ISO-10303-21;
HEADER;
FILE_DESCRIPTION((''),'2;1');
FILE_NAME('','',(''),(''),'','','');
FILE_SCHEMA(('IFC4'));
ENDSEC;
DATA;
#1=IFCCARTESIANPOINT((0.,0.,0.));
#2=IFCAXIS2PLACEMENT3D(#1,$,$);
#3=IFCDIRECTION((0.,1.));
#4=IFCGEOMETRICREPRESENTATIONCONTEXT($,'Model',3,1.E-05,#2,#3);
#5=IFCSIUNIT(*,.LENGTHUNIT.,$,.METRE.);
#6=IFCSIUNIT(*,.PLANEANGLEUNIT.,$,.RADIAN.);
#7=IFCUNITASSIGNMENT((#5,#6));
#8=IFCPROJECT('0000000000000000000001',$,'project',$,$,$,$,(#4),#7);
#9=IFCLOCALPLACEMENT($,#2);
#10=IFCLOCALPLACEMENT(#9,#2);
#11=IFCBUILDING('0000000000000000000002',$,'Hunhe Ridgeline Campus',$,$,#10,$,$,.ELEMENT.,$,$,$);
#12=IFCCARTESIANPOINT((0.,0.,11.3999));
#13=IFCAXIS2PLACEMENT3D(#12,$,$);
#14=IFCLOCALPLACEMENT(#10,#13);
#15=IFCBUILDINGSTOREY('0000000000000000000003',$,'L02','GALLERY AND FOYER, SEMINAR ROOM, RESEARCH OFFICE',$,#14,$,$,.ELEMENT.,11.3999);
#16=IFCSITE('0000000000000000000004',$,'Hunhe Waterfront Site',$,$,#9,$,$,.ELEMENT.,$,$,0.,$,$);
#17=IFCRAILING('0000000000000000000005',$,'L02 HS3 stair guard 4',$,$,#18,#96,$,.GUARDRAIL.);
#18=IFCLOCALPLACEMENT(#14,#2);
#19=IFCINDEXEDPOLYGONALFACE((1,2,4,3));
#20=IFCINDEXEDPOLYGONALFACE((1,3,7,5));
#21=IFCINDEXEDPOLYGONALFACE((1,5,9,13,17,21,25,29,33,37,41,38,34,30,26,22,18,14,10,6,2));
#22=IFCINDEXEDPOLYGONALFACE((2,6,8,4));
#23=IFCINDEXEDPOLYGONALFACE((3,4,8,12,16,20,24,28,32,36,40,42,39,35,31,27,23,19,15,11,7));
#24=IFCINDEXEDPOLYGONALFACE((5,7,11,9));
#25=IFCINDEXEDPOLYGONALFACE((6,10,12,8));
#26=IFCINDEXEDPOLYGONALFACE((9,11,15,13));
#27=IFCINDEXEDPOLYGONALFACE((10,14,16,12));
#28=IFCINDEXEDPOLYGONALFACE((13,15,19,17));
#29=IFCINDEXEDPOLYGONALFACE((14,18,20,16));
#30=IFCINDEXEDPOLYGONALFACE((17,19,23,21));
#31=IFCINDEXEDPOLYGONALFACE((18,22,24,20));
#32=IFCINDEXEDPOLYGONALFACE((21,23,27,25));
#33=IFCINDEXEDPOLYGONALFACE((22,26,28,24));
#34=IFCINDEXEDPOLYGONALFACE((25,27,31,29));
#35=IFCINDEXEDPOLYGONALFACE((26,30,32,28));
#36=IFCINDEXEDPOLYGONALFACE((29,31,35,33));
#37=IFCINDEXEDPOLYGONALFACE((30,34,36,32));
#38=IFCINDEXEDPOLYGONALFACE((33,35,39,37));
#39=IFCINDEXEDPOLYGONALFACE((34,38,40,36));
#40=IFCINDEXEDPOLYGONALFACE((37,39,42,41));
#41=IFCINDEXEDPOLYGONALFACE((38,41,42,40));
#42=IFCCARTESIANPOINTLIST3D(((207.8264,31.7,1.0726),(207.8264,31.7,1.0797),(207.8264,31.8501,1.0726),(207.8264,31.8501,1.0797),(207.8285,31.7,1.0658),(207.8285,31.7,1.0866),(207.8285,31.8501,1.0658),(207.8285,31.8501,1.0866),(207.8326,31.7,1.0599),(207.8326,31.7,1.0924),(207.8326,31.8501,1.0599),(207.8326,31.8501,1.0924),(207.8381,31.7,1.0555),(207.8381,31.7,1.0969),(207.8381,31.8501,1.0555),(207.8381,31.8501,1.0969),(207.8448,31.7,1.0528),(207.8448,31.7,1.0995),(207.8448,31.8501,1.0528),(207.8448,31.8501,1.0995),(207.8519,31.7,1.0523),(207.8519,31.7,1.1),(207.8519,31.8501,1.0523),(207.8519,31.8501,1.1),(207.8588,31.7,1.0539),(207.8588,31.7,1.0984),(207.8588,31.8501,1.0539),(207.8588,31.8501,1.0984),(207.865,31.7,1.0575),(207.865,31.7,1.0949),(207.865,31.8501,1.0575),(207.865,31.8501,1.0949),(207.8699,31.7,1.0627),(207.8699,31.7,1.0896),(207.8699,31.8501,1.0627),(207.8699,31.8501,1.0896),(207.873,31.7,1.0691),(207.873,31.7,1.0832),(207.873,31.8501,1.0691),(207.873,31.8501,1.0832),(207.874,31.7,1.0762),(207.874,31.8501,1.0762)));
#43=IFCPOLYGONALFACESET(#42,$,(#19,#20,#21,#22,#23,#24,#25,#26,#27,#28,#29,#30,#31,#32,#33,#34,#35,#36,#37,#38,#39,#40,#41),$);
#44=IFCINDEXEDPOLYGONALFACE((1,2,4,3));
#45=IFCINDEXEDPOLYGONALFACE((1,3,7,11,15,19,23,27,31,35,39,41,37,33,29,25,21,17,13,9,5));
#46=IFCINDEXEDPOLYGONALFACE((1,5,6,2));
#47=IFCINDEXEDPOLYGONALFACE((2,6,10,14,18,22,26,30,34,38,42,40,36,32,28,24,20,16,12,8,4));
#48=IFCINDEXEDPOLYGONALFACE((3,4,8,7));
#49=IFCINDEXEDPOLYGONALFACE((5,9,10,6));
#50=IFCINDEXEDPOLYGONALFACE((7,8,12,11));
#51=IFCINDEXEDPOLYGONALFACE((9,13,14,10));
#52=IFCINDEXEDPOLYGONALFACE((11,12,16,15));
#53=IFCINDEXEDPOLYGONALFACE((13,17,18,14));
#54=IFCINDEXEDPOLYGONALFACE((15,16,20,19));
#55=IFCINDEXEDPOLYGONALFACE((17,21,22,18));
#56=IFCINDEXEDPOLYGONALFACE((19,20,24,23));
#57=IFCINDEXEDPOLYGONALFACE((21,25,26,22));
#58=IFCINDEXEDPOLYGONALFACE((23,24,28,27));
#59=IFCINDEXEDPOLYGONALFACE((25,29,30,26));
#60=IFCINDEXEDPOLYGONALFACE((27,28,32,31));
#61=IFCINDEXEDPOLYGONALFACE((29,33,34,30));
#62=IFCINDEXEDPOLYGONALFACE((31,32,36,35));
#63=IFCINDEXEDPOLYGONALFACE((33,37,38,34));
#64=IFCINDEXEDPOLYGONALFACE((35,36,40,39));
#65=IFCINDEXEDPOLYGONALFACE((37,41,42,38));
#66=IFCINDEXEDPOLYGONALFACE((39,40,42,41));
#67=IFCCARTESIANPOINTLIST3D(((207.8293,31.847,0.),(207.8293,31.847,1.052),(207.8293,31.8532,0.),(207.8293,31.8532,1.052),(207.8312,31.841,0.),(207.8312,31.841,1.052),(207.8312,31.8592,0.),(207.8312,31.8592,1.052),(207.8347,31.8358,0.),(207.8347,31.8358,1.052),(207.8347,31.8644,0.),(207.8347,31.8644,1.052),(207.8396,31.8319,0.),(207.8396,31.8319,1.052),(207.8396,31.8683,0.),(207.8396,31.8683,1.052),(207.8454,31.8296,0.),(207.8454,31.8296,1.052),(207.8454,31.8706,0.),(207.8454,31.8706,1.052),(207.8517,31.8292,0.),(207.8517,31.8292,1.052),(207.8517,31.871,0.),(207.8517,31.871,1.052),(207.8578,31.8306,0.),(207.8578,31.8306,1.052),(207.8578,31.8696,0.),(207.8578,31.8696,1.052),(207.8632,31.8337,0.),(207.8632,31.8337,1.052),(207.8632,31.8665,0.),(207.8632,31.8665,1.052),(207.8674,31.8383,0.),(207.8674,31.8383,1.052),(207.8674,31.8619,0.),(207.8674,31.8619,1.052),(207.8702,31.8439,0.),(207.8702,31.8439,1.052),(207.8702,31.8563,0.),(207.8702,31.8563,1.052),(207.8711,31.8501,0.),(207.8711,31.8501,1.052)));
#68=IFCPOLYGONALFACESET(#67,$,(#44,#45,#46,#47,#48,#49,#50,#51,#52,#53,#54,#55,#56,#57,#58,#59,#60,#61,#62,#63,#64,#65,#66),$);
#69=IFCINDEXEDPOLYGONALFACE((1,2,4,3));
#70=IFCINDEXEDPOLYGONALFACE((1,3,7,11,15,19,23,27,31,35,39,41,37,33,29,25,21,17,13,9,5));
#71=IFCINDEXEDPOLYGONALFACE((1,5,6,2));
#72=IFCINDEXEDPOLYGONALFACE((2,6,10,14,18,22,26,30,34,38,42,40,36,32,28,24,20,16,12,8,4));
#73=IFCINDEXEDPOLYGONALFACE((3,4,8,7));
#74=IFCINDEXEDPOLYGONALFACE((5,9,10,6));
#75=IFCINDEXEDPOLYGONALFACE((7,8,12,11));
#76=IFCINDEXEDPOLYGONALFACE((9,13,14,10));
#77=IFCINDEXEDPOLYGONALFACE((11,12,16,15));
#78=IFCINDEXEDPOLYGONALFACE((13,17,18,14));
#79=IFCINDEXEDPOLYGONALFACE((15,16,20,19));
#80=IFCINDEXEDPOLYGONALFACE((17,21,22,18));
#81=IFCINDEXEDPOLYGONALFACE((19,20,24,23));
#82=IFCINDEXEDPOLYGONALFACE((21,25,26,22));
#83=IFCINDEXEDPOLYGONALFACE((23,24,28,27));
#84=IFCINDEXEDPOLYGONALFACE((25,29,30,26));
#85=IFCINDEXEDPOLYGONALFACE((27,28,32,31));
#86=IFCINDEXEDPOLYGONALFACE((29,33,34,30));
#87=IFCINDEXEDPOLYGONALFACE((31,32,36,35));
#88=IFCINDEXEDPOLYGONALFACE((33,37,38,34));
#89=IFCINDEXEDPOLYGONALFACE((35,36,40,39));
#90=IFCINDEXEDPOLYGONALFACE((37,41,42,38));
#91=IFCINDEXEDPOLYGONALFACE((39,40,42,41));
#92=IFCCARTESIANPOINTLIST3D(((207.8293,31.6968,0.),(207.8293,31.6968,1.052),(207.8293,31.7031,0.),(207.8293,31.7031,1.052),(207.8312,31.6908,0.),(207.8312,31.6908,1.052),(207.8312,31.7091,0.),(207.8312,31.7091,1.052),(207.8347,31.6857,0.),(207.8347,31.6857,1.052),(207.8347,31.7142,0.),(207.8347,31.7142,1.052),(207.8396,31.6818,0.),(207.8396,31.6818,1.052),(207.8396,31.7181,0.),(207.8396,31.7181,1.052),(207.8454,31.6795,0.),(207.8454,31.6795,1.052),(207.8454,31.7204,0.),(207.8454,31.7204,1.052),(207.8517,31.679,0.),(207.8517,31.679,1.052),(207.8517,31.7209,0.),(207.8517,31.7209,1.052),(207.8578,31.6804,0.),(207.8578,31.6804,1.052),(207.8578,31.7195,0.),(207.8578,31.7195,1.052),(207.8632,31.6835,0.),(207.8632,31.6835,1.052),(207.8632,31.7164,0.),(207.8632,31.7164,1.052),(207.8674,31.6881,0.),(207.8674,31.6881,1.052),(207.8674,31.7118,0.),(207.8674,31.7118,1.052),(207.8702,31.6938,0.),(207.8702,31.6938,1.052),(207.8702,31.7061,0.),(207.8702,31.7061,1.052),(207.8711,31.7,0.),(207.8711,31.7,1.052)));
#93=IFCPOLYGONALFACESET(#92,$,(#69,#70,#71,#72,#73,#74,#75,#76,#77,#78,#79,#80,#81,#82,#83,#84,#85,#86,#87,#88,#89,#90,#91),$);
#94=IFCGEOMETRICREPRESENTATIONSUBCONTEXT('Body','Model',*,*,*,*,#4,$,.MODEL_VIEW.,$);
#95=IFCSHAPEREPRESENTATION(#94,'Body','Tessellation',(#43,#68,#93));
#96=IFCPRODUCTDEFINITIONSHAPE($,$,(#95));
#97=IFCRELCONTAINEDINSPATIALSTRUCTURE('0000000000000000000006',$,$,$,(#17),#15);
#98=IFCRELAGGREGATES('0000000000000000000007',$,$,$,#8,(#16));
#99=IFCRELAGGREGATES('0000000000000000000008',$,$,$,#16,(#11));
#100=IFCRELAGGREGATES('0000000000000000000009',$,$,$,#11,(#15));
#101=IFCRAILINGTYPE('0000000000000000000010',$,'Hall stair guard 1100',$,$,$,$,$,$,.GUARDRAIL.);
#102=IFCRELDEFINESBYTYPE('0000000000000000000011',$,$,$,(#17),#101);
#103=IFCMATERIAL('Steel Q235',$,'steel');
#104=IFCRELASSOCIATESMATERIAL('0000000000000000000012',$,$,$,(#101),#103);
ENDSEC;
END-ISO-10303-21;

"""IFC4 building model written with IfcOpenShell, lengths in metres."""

from ifc_helpers import new_model, si_unit, direction, frame, origin, origin_2d, place, context, subcontext, project, spatial, circle, extrude, material, type_object, element, save


model = new_model("IFC4")

# Units and contexts
model_context = context("Model", 3, precision=1e-05, world=origin(), true_north=direction((0.0, 1.0)))
body_context = subcontext(model_context, "Body", "Model", "MODEL_VIEW")
ifc_project = project(units=[si_unit("LENGTHUNIT", "METRE"), si_unit("PLANEANGLEUNIT", "RADIAN")], contexts=[model_context])

# Site, building, storey
site_placement = place(None, origin())
site = spatial("IfcSite", under=ifc_project, at=site_placement, Name="Hunhe Waterfront Site", CompositionType="ELEMENT", RefElevation=0.0)
building_placement = place(site_placement, origin())
building = spatial("IfcBuilding", under=site, at=building_placement, Name="Hunhe Ridgeline Campus", CompositionType="ELEMENT")
storey_placement = place(building_placement, frame((0.0, 0.0, 11.3999)))
storey = spatial("IfcBuildingStorey", under=building, at=storey_placement, Name="L02", Description="GALLERY AND FOYER, SEMINAR ROOM, RESEARCH OFFICE", CompositionType="ELEMENT", Elevation=11.3999)

# Shared definitions
ifc_material_1 = material(Name="Steel Q235", Category="steel")

# Railing
railing_type_1 = type_object("IfcRailingType", Name="Hall stair guard 1100", PredefinedType="GUARDRAIL", material=ifc_material_1)
railing_1_placement = place(storey_placement, frame((207.8501, 31.8501, 0.0)))
element("IfcRailing", 1, at=railing_1_placement, inside=storey, type_object=railing_type_1, Name="L02 HS3 stair guard 4", PredefinedType="GUARDRAIL", context=body_context, shape_type="SweptSolid", body=[
    extrude(circle(Radius=0.0239, at=origin_2d()), frame((0.0, 0.0, 1.0762), z_axis=(0.0, -1.0, 0.0), x_axis=(1.0, 0.0, 0.0)), (0.0, 0.0, 1.0), 0.1501),
    extrude(circle(Radius=0.021, at=origin_2d()), origin(), (0.0, 0.0, 1.0), 1.052),
    extrude(circle(Radius=0.021, at=origin_2d()), frame((0.0, -0.1501, 0.0)), (0.0, 0.0, 1.0), 1.052),
])

save(model, "model.ifc")
